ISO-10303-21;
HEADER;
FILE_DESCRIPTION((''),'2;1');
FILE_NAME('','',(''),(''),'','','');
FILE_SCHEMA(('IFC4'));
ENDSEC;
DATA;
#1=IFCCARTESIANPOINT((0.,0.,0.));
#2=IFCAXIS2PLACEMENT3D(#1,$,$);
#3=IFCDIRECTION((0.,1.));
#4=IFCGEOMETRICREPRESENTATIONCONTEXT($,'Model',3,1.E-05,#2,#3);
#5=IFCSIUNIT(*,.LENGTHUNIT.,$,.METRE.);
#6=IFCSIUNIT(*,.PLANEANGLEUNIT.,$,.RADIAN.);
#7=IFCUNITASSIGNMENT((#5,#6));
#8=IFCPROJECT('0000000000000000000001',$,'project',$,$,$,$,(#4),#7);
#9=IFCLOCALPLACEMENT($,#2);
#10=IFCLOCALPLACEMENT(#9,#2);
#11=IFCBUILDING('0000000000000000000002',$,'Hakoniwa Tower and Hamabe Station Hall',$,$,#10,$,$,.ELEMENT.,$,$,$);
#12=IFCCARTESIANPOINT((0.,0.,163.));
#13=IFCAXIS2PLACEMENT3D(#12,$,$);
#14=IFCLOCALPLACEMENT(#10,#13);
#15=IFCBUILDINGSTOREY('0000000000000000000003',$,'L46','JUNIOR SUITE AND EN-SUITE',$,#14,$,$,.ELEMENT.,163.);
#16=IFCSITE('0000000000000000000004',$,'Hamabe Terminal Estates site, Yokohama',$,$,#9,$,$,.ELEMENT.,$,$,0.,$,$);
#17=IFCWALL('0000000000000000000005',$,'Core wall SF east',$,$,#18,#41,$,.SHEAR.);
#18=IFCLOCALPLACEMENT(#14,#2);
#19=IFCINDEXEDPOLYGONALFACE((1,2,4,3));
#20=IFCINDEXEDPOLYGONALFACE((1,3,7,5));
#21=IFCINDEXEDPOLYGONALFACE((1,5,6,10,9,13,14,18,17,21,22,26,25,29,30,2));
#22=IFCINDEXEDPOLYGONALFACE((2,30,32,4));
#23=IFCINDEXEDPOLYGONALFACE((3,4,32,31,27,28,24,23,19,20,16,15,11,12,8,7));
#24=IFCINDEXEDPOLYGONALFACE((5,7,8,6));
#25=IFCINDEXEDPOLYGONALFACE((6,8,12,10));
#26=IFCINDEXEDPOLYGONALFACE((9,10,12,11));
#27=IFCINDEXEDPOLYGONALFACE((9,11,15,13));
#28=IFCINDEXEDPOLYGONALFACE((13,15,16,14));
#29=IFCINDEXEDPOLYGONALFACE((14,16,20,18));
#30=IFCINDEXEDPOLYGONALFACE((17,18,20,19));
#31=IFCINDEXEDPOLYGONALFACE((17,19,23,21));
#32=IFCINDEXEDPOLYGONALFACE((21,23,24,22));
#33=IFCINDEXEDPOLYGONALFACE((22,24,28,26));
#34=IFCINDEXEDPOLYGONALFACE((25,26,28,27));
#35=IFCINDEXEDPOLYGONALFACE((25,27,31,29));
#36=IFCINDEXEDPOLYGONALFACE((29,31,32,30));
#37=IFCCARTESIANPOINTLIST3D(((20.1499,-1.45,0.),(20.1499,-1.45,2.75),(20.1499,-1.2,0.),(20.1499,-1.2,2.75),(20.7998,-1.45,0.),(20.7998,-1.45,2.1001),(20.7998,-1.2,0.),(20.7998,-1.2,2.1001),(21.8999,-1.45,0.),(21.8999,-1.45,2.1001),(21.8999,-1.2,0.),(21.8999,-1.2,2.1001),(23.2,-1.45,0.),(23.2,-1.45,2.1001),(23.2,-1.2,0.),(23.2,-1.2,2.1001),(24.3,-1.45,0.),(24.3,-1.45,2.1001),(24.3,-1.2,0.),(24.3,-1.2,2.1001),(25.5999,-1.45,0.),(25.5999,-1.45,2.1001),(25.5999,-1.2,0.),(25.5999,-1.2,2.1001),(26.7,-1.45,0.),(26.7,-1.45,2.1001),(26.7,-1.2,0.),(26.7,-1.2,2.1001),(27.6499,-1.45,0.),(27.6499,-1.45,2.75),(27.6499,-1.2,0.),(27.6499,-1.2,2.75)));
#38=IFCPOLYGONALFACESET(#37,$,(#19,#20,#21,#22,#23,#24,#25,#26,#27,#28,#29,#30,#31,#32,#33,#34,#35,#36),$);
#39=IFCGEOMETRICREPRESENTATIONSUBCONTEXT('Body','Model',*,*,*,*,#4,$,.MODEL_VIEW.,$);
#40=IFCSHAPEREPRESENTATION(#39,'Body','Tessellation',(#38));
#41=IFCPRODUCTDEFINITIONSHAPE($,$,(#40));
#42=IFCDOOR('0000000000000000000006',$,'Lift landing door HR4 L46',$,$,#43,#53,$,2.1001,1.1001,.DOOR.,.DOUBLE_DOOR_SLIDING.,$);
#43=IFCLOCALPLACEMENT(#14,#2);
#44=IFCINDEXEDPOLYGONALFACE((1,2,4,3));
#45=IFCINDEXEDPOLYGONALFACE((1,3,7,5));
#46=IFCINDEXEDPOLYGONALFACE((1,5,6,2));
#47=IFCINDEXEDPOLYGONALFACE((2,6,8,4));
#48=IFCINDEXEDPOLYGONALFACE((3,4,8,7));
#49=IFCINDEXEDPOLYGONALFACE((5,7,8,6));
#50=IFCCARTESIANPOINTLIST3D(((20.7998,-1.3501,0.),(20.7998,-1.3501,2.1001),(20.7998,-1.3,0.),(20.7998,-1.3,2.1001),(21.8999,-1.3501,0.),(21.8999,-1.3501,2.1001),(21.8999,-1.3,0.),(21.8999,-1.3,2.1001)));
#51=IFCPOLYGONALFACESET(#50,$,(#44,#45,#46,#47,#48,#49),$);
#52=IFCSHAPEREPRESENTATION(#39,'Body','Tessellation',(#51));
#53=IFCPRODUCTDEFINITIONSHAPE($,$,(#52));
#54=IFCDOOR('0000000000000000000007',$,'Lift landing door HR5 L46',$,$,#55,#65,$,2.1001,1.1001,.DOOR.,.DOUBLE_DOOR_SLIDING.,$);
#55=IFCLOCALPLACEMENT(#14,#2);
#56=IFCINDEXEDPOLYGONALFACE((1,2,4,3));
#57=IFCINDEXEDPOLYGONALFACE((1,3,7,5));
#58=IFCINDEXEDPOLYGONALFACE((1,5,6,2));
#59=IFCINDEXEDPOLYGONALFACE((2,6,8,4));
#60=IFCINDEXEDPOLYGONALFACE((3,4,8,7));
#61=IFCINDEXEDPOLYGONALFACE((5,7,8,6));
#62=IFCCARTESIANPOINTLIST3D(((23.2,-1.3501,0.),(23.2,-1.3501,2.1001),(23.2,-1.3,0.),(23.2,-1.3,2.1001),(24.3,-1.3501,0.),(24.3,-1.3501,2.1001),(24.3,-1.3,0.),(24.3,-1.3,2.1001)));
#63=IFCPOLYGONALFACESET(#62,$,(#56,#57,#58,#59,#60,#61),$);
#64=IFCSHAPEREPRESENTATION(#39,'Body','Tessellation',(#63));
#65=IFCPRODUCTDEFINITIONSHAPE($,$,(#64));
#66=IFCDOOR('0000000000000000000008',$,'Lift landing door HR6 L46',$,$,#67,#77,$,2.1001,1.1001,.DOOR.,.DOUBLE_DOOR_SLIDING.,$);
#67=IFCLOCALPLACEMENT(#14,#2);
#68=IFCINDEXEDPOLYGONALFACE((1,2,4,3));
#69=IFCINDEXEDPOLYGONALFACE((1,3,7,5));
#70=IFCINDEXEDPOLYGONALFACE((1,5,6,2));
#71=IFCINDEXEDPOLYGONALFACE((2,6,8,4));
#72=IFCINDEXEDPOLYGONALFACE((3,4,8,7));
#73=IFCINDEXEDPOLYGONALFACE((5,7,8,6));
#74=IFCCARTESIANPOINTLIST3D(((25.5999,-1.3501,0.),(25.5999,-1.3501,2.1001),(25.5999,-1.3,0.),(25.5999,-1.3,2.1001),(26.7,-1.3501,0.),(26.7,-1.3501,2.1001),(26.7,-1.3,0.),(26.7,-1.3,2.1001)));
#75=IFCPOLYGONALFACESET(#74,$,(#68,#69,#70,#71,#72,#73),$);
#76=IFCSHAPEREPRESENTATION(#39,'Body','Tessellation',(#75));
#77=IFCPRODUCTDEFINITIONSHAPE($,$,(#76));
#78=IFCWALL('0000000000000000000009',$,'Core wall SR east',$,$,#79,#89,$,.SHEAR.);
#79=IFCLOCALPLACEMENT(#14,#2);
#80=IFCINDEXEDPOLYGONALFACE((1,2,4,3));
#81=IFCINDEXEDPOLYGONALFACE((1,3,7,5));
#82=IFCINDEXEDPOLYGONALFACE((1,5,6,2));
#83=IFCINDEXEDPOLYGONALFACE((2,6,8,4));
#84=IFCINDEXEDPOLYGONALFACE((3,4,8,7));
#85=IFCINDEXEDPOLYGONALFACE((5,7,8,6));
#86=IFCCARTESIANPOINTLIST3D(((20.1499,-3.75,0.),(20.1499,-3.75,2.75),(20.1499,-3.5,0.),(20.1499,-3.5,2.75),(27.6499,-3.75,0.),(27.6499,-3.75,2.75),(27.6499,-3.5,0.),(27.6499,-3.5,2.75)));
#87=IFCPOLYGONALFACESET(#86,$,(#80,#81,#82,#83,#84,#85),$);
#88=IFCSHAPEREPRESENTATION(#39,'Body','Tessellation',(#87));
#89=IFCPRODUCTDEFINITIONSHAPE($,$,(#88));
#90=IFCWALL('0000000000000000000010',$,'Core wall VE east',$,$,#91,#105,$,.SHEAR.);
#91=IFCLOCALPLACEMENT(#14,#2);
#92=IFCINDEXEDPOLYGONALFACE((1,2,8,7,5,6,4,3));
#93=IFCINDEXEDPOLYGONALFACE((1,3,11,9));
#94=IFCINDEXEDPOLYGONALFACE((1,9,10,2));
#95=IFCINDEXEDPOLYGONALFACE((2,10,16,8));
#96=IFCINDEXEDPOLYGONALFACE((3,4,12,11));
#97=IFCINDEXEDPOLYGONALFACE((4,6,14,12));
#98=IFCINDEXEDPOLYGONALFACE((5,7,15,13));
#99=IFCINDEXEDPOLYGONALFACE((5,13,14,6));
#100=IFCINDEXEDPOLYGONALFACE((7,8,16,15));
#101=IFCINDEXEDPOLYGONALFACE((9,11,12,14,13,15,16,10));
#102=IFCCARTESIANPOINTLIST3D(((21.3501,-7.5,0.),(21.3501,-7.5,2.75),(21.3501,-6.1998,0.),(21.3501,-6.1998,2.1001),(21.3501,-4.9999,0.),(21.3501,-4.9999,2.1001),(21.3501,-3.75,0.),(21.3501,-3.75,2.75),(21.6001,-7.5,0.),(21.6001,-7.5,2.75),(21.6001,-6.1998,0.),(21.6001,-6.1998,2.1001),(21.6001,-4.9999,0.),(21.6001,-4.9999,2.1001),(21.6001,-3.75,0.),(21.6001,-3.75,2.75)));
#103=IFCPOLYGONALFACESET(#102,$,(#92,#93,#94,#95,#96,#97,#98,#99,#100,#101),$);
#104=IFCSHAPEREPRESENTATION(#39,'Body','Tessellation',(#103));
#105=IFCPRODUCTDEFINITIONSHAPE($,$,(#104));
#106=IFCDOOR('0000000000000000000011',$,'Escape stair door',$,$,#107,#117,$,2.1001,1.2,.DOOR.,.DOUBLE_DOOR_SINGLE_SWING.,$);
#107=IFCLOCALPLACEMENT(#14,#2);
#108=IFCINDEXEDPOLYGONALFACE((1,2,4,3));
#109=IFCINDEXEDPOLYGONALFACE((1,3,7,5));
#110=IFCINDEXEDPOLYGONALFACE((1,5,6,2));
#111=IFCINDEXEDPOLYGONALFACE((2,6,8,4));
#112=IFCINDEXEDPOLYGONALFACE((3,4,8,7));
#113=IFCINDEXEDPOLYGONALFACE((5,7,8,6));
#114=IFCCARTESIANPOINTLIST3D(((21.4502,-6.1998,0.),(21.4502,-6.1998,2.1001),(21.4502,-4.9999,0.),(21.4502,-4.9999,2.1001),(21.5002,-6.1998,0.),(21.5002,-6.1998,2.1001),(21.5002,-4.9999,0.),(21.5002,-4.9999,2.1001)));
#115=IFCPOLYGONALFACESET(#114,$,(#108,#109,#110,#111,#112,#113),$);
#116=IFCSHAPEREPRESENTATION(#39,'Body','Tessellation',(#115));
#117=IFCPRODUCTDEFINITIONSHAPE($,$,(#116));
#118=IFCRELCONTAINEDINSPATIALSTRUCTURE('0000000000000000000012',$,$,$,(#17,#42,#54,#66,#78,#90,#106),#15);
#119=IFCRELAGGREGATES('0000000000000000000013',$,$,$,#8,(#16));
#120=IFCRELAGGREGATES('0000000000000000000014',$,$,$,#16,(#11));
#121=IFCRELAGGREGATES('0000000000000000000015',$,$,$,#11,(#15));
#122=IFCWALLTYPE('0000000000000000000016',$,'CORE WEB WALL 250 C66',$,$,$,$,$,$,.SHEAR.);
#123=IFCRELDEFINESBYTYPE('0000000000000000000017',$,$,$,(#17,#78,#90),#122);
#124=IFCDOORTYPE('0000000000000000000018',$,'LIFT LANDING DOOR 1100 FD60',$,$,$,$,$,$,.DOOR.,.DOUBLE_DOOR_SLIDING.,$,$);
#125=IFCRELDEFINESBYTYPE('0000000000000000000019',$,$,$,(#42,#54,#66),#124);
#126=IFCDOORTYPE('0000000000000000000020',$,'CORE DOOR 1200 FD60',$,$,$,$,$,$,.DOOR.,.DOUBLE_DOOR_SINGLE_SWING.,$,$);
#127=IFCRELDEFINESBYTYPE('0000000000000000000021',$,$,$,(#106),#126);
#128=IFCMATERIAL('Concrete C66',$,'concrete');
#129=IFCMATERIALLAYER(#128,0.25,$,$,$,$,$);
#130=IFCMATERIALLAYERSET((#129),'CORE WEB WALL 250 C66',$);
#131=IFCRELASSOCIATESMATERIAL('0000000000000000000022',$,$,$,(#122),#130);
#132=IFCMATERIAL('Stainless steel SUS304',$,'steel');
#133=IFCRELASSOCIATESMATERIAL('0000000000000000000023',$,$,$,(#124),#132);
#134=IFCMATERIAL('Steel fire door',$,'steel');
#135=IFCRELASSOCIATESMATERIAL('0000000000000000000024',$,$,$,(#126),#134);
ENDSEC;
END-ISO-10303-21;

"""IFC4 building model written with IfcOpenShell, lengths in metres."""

from ifc_helpers import new_model, si_unit, direction, frame, frame_2d, origin, place, context, subcontext, project, spatial, rectangle, extrude, material, layer, layer_set, type_object, element, fill, save


model = new_model("IFC4")

# Units and contexts
model_context = context("Model", 3, precision=1e-05, world=origin(), true_north=direction((0.0, 1.0)))
body_context = subcontext(model_context, "Body", "Model", "MODEL_VIEW")
ifc_project = project(units=[si_unit("LENGTHUNIT", "METRE"), si_unit("PLANEANGLEUNIT", "RADIAN")], contexts=[model_context])

# Site, building, storey
site_placement = place(None, origin())
site = spatial("IfcSite", under=ifc_project, at=site_placement, Name="Hamabe Terminal Estates site, Yokohama", CompositionType="ELEMENT", RefElevation=0.0)
building_placement = place(site_placement, origin())
building = spatial("IfcBuilding", under=site, at=building_placement, Name="Hakoniwa Tower and Hamabe Station Hall", CompositionType="ELEMENT")
storey_placement = place(building_placement, frame((0.0, 0.0, 163.0)))
storey = spatial("IfcBuildingStorey", under=building, at=storey_placement, Name="L46", Description="JUNIOR SUITE AND EN-SUITE", CompositionType="ELEMENT", Elevation=163.0)

# Shared definitions
ifc_material_1 = material(Name="Concrete C66", Category="concrete")
ifc_layer_1 = layer(ifc_material_1, 0.25)
ifc_layer_set_1 = layer_set([ifc_layer_1], Name="CORE WEB WALL 250 C66")
wall_type_1 = type_object("IfcWallType", Name="CORE WEB WALL 250 C66", PredefinedType="SHEAR", material=ifc_layer_set_1)

# Wall, openings, doors
wall_1_placement = place(storey_placement, frame((20.1499, -1.325, 0.0), z_axis=(0.0, 0.0, 1.0), x_axis=(1.0, 0.0, 0.0)))
wall_1 = element("IfcWall", 1, at=wall_1_placement, inside=storey, type_object=wall_type_1, Name="Core wall SF east", PredefinedType="SHEAR", context=body_context, shape_type="SweptSolid", body=[
    extrude(rectangle(XDim=7.5, YDim=0.25, at=frame_2d((3.75, 0.0))), origin(), (0.0, 0.0, 1.0), 2.75),
])
opening_1_placement = place(wall_1_placement, frame((0.6499, 0.0, 0.0)))
opening_1 = element("IfcOpeningElement", 2, at=opening_1_placement, cuts=wall_1, PredefinedType="OPENING", context=body_context, shape_type="SweptSolid", body=[
    extrude(rectangle(XDim=1.1001, YDim=2.1001, at=frame_2d((0.55, 1.05))), frame((0.0, 0.135, 0.0), z_axis=(0.0, -1.0, 0.0), x_axis=(1.0, 0.0, 0.0)), (0.0, 0.0, 1.0), 0.27),
])
opening_2_placement = place(wall_1_placement, frame((3.05, 0.0, 0.0)))
opening_2 = element("IfcOpeningElement", 3, at=opening_2_placement, cuts=wall_1, PredefinedType="OPENING", context=body_context, shape_type="SweptSolid", body=[
    extrude(rectangle(XDim=1.1001, YDim=2.1001, at=frame_2d((0.55, 1.05))), frame((0.0, 0.135, 0.0), z_axis=(0.0, -1.0, 0.0), x_axis=(1.0, 0.0, 0.0)), (0.0, 0.0, 1.0), 0.27),
])
opening_3_placement = place(wall_1_placement, frame((5.45, 0.0, 0.0)))
opening_3 = element("IfcOpeningElement", 4, at=opening_3_placement, cuts=wall_1, PredefinedType="OPENING", context=body_context, shape_type="SweptSolid", body=[
    extrude(rectangle(XDim=1.1001, YDim=2.1001, at=frame_2d((0.55, 1.05))), frame((0.0, 0.135, 0.0), z_axis=(0.0, -1.0, 0.0), x_axis=(1.0, 0.0, 0.0)), (0.0, 0.0, 1.0), 0.27),
])
ifc_material_2 = material(Name="Stainless steel SUS304", Category="steel")
door_type_1 = type_object("IfcDoorType", Name="LIFT LANDING DOOR 1100 FD60", OperationType="DOUBLE_DOOR_SLIDING", PredefinedType="DOOR", material=ifc_material_2)
door_1_placement = place(opening_1_placement, origin())
door_1 = element("IfcDoor", 5, at=door_1_placement, inside=storey, type_object=door_type_1, Name="Lift landing door HR4 L46", OperationType="DOUBLE_DOOR_SLIDING", OverallHeight=2.1001, OverallWidth=1.1001, PredefinedType="DOOR", context=body_context, shape_type="SweptSolid", body=[
    extrude(rectangle(XDim=1.1001, YDim=2.1001, at=frame_2d((0.55, 1.05))), frame((0.0, 0.0249, 0.0), z_axis=(0.0, -1.0, 0.0), x_axis=(1.0, 0.0, 0.0)), (0.0, 0.0, 1.0), 0.05),
])
fill(opening_1, door_1)
door_2_placement = place(opening_2_placement, origin())
door_2 = element("IfcDoor", 6, at=door_2_placement, inside=storey, type_object=door_type_1, Name="Lift landing door HR5 L46", OperationType="DOUBLE_DOOR_SLIDING", OverallHeight=2.1001, OverallWidth=1.1001, PredefinedType="DOOR", context=body_context, shape_type="SweptSolid", body=[
    extrude(rectangle(XDim=1.1001, YDim=2.1001, at=frame_2d((0.55, 1.05))), frame((0.0, 0.0249, 0.0), z_axis=(0.0, -1.0, 0.0), x_axis=(1.0, 0.0, 0.0)), (0.0, 0.0, 1.0), 0.05),
])
fill(opening_2, door_2)
door_3_placement = place(opening_3_placement, origin())
door_3 = element("IfcDoor", 7, at=door_3_placement, inside=storey, type_object=door_type_1, Name="Lift landing door HR6 L46", OperationType="DOUBLE_DOOR_SLIDING", OverallHeight=2.1001, OverallWidth=1.1001, PredefinedType="DOOR", context=body_context, shape_type="SweptSolid", body=[
    extrude(rectangle(XDim=1.1001, YDim=2.1001, at=frame_2d((0.55, 1.05))), frame((0.0, 0.0249, 0.0), z_axis=(0.0, -1.0, 0.0), x_axis=(1.0, 0.0, 0.0)), (0.0, 0.0, 1.0), 0.05),
])
fill(opening_3, door_3)

# Wall
wall_2_placement = place(storey_placement, frame((20.1499, -3.625, 0.0), z_axis=(0.0, 0.0, 1.0), x_axis=(1.0, 0.0, 0.0)))
element("IfcWall", 8, at=wall_2_placement, inside=storey, type_object=wall_type_1, Name="Core wall SR east", PredefinedType="SHEAR", context=body_context, shape_type="SweptSolid", body=[
    extrude(rectangle(XDim=7.5, YDim=0.25, at=frame_2d((3.75, 0.0))), origin(), (0.0, 0.0, 1.0), 2.75),
])

# Wall, opening, door
wall_3_placement = place(storey_placement, frame((21.4751, -7.5, 0.0), z_axis=(0.0, 0.0, 1.0), x_axis=(0.0, 1.0, 0.0)))
wall_3 = element("IfcWall", 9, at=wall_3_placement, inside=storey, type_object=wall_type_1, Name="Core wall VE east", PredefinedType="SHEAR", context=body_context, shape_type="SweptSolid", body=[
    extrude(rectangle(XDim=3.75, YDim=0.25, at=frame_2d((1.875, 0.0))), origin(), (0.0, 0.0, 1.0), 2.75),
])
opening_4_placement = place(wall_3_placement, frame((1.3, 0.0, 0.0)))
opening_4 = element("IfcOpeningElement", 10, at=opening_4_placement, cuts=wall_3, PredefinedType="OPENING", context=body_context, shape_type="SweptSolid", body=[
    extrude(rectangle(XDim=1.2, YDim=2.1001, at=frame_2d((0.6001, 1.05))), frame((0.0, 0.135, 0.0), z_axis=(0.0, -1.0, 0.0), x_axis=(1.0, 0.0, 0.0)), (0.0, 0.0, 1.0), 0.27),
])
ifc_material_3 = material(Name="Steel fire door", Category="steel")
door_type_2 = type_object("IfcDoorType", Name="CORE DOOR 1200 FD60", OperationType="DOUBLE_DOOR_SINGLE_SWING", PredefinedType="DOOR", material=ifc_material_3)
door_4_placement = place(opening_4_placement, origin())
door_4 = element("IfcDoor", 11, at=door_4_placement, inside=storey, type_object=door_type_2, Name="Escape stair door", OperationType="DOUBLE_DOOR_SINGLE_SWING", OverallHeight=2.1001, OverallWidth=1.2, PredefinedType="DOOR", context=body_context, shape_type="SweptSolid", body=[
    extrude(rectangle(XDim=1.2, YDim=2.1001, at=frame_2d((0.6001, 1.05))), frame((0.0, 0.0249, 0.0), z_axis=(0.0, -1.0, 0.0), x_axis=(1.0, 0.0, 0.0)), (0.0, 0.0, 1.0), 0.05),
])
fill(opening_4, door_4)

save(model, "model.ifc")
